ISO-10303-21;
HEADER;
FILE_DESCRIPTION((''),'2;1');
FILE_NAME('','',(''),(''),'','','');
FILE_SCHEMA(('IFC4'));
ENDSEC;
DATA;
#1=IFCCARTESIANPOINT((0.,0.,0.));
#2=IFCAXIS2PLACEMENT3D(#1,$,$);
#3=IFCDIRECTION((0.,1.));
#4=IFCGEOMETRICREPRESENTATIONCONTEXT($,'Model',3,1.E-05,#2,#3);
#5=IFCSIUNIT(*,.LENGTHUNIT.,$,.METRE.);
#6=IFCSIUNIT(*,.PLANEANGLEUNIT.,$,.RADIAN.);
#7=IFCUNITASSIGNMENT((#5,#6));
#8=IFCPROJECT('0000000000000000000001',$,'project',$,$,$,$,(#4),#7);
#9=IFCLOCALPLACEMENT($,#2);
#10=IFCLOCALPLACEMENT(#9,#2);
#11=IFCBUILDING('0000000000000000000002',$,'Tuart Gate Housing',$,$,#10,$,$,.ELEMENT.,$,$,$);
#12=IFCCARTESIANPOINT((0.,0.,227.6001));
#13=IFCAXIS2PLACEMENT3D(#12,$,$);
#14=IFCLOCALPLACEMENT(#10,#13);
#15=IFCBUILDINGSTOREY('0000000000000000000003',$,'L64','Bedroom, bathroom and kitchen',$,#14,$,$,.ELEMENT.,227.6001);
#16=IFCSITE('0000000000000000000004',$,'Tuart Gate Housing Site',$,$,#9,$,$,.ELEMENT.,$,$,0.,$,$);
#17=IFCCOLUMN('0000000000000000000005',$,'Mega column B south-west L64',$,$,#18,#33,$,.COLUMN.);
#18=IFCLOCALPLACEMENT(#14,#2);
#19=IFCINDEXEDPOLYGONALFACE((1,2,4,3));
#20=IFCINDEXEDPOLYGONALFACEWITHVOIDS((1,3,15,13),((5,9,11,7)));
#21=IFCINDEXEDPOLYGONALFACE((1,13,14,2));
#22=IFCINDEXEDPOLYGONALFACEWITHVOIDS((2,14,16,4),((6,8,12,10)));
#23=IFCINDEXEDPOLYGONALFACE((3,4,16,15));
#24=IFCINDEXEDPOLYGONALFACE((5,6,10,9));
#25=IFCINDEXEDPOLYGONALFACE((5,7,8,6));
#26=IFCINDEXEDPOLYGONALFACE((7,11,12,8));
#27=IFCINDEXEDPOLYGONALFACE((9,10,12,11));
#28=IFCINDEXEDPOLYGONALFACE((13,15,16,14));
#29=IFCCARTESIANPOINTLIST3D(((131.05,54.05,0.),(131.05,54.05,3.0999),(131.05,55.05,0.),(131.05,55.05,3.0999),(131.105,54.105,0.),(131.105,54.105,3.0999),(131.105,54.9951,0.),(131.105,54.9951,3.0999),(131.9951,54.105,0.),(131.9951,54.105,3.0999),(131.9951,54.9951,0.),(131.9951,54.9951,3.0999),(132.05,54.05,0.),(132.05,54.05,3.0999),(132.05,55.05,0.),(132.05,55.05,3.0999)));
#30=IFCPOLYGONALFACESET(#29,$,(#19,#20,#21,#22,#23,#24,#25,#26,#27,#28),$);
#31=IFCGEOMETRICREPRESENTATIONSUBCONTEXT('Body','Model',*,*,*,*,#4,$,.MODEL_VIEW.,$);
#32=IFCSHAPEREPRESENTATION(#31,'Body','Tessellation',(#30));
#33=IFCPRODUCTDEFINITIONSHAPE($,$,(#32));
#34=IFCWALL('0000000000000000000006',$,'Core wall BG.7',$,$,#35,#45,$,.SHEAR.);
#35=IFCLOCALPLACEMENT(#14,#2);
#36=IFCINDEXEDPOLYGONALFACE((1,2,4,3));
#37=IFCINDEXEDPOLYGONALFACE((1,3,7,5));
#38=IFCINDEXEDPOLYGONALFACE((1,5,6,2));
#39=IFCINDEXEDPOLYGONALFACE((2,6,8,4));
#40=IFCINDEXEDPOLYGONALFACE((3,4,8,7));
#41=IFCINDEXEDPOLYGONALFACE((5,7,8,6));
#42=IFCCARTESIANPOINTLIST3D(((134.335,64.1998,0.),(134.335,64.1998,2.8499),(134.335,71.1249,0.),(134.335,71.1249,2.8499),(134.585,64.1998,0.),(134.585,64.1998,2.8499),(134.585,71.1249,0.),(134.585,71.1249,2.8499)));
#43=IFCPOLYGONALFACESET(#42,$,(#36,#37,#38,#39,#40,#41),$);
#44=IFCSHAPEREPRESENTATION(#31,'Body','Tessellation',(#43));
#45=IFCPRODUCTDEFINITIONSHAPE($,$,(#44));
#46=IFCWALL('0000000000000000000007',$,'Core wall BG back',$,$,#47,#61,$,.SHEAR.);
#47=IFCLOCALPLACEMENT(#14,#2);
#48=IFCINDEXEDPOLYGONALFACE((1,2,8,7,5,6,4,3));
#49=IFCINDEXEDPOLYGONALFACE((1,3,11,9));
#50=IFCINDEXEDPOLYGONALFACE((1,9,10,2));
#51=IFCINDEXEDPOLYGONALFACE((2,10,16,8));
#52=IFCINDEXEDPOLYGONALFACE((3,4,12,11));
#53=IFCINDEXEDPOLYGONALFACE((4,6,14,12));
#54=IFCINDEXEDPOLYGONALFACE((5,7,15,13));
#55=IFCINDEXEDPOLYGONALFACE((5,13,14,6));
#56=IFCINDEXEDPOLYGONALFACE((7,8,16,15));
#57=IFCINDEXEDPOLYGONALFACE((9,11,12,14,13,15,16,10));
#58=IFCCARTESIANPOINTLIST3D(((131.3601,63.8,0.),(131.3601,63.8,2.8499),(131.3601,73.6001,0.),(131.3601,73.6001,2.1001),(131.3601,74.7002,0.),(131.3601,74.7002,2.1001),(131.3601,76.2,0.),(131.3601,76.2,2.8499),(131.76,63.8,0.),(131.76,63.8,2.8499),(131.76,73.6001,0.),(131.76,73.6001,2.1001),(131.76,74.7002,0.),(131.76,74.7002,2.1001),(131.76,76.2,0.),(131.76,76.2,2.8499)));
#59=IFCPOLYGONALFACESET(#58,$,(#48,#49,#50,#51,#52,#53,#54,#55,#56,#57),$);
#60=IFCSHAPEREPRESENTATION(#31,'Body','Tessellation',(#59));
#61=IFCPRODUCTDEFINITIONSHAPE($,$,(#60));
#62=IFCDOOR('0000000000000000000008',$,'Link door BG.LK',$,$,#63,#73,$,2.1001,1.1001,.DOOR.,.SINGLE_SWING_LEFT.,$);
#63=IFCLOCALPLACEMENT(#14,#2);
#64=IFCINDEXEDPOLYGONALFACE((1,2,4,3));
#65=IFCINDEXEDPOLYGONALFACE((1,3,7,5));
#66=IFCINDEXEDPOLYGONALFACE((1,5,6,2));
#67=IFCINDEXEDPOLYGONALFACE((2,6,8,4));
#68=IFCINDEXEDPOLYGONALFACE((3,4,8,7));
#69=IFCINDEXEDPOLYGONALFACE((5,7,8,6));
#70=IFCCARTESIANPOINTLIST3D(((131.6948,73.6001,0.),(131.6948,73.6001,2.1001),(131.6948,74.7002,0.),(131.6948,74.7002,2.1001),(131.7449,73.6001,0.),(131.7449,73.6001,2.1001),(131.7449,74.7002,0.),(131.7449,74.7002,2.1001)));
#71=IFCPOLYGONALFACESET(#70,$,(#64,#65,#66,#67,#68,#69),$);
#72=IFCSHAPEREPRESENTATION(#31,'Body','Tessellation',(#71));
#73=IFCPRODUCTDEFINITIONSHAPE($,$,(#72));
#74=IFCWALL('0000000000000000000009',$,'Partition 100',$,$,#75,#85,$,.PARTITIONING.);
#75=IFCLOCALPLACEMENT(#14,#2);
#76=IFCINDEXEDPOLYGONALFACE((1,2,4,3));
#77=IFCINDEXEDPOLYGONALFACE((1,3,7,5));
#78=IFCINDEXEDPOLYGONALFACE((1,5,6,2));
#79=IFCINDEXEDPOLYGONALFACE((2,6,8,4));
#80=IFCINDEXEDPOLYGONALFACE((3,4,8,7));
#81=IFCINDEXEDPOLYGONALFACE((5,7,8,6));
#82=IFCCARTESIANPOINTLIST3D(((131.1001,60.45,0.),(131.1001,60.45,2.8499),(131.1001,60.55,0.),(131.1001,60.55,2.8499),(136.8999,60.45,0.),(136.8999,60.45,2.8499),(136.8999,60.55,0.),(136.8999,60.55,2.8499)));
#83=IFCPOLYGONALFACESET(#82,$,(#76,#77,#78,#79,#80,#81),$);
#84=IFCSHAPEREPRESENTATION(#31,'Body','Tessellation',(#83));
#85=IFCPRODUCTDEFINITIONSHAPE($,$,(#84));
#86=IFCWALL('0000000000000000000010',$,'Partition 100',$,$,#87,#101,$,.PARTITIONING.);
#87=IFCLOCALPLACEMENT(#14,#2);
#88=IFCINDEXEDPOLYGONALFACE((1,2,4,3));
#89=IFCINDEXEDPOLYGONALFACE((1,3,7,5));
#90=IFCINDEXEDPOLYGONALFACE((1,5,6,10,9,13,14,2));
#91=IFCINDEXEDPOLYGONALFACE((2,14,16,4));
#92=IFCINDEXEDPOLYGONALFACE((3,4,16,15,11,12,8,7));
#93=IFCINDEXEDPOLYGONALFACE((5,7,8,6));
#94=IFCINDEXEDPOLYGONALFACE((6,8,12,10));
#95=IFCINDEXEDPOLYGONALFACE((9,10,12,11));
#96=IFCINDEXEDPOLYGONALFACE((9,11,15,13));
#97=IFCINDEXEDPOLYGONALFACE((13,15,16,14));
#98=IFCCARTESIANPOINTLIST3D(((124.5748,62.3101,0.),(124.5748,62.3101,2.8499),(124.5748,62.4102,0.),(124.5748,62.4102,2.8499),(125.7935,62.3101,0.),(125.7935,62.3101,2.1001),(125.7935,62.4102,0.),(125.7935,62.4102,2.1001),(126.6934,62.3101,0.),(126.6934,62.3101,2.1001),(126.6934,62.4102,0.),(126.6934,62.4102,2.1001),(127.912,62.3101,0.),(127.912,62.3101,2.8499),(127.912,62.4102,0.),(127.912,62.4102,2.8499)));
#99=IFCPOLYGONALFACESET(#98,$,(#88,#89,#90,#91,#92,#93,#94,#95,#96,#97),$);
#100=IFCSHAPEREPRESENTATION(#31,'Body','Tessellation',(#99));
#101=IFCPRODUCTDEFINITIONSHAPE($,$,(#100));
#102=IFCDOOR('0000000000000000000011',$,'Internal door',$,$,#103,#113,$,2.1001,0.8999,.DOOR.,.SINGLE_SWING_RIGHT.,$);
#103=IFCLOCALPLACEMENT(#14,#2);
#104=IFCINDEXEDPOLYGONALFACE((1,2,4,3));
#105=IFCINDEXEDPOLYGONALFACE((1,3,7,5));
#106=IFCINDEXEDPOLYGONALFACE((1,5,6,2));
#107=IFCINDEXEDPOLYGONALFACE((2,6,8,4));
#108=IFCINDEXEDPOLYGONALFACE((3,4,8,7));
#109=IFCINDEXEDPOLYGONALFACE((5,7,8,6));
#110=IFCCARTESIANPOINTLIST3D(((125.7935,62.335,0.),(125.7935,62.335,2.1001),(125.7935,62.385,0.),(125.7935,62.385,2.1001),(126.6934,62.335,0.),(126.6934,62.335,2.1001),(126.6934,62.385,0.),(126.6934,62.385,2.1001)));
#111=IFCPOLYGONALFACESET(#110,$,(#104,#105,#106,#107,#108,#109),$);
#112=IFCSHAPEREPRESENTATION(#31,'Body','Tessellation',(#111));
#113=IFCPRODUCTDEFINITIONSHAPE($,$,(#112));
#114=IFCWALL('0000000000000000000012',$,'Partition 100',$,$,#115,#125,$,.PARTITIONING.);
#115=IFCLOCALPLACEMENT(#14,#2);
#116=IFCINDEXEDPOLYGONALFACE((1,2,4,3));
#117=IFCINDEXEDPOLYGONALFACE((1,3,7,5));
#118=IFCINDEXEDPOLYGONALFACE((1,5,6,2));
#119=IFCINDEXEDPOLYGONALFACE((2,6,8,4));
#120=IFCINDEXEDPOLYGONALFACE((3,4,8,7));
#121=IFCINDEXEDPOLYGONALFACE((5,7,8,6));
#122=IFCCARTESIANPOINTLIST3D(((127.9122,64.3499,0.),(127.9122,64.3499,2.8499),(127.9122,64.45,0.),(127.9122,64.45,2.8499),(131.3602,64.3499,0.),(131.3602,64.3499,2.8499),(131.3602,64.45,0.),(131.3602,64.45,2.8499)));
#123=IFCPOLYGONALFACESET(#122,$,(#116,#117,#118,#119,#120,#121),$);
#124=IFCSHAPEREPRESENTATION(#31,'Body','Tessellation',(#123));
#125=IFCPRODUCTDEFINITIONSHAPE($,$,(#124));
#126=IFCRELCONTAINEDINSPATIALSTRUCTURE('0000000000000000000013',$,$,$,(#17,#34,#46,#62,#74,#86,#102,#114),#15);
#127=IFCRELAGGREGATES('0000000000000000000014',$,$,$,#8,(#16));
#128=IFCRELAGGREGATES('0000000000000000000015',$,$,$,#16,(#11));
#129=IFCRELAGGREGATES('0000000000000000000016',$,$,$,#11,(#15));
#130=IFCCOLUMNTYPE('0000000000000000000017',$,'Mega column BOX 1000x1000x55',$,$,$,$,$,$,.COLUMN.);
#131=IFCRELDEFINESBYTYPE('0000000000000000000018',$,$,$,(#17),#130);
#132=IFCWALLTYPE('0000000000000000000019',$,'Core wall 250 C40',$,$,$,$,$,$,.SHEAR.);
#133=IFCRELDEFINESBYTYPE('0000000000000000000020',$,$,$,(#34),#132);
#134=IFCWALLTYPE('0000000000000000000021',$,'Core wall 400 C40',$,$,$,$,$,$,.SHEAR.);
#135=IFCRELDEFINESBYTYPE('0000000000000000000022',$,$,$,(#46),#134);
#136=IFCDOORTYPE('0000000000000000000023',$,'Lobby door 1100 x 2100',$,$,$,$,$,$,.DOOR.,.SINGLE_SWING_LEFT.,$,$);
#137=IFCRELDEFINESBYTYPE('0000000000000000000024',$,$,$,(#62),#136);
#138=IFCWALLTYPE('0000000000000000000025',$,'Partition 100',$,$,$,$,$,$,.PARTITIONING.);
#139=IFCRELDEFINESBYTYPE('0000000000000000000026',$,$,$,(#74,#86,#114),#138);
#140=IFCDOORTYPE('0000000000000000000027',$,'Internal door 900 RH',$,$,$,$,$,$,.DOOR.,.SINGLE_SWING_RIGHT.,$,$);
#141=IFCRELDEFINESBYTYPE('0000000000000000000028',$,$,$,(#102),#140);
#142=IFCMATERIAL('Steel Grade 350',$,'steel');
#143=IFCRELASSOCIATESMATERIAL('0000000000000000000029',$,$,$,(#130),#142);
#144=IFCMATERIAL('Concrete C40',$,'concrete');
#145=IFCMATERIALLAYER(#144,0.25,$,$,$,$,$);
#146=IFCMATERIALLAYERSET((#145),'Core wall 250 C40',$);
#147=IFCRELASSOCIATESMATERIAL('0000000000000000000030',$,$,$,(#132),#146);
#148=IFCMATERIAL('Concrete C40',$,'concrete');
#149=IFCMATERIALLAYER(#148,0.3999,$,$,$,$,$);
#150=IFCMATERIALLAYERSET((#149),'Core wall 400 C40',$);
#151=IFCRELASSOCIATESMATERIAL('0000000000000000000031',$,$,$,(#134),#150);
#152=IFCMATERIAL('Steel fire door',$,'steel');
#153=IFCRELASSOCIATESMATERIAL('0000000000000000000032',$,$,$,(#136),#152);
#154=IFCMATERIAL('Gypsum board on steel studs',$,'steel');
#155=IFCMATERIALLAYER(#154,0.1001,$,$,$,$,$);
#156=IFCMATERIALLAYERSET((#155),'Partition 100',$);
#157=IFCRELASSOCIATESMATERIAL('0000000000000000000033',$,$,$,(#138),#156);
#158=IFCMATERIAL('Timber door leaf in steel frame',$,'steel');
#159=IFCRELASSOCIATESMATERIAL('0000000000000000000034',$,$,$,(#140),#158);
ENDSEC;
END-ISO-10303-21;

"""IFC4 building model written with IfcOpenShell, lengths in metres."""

from ifc_helpers import new_model, si_unit, direction, frame, frame_2d, origin, origin_2d, place, context, subcontext, project, spatial, rectangle, hollow_rectangle, extrude, material, layer, layer_set, material_profile, profile_set, type_object, element, fill, save


model = new_model("IFC4")

# Units and contexts
model_context = context("Model", 3, precision=1e-05, world=origin(), true_north=direction((0.0, 1.0)))
body_context = subcontext(model_context, "Body", "Model", "MODEL_VIEW")
ifc_project = project(units=[si_unit("LENGTHUNIT", "METRE"), si_unit("PLANEANGLEUNIT", "RADIAN")], contexts=[model_context])

# Site, building, storey
site_placement = place(None, origin())
site = spatial("IfcSite", under=ifc_project, at=site_placement, Name="Tuart Gate Housing Site", CompositionType="ELEMENT", RefElevation=0.0)
building_placement = place(site_placement, origin())
building = spatial("IfcBuilding", under=site, at=building_placement, Name="Tuart Gate Housing", CompositionType="ELEMENT")
storey_placement = place(building_placement, frame((0.0, 0.0, 227.6001)))
storey = spatial("IfcBuildingStorey", under=building, at=storey_placement, Name="L64", Description="Bedroom, bathroom and kitchen", CompositionType="ELEMENT", Elevation=227.6001)

# Column
ifc_material_1 = material(Name="Steel Grade 350", Category="steel")
ifc_material_profile = material_profile(ifc_material_1, hollow_rectangle(XDim=1.0, YDim=1.0, WallThickness=0.0549, at=origin_2d()), Name="BOX 1000x1000x55")
ifc_profile_set = profile_set([ifc_material_profile], Name="Steel Grade 350")
column_type = type_object("IfcColumnType", Name="Mega column BOX 1000x1000x55", PredefinedType="COLUMN", material=ifc_profile_set)
column_placement = place(storey_placement, frame((131.55, 54.55, 0.0), z_axis=(0.0, 0.0, 1.0), x_axis=(1.0, 0.0, 0.0)))
element("IfcColumn", 1, at=column_placement, inside=storey, type_object=column_type, Name="Mega column B south-west L64", PredefinedType="COLUMN", context=body_context, shape_type="SweptSolid", body=[
    extrude(hollow_rectangle(XDim=1.0, YDim=1.0, WallThickness=0.0549, at=origin_2d()), origin(), (0.0, 0.0, 1.0), 3.0999),
])

# Wall
ifc_material_2 = material(Name="Concrete C40", Category="concrete")
ifc_layer_1 = layer(ifc_material_2, 0.25)
ifc_layer_set_1 = layer_set([ifc_layer_1], Name="Core wall 250 C40")
wall_type_1 = type_object("IfcWallType", Name="Core wall 250 C40", PredefinedType="SHEAR", material=ifc_layer_set_1)
wall_1_placement = place(storey_placement, frame((134.46, 64.2, 0.0), z_axis=(0.0, 0.0, 1.0), x_axis=(0.0, 1.0, 0.0)))
element("IfcWall", 2, at=wall_1_placement, inside=storey, type_object=wall_type_1, Name="Core wall BG.7", PredefinedType="SHEAR", context=body_context, shape_type="SweptSolid", body=[
    extrude(rectangle(XDim=6.925, YDim=0.25, at=frame_2d((3.4624, 0.0))), origin(), (0.0, 0.0, 1.0), 2.8499),
])

# Wall, opening, door
ifc_material_3 = material(Name="Concrete C40", Category="concrete")
ifc_layer_2 = layer(ifc_material_3, 0.3999)
ifc_layer_set_2 = layer_set([ifc_layer_2], Name="Core wall 400 C40")
wall_type_2 = type_object("IfcWallType", Name="Core wall 400 C40", PredefinedType="SHEAR", material=ifc_layer_set_2)
wall_2_placement = place(storey_placement, frame((131.5601, 63.8, 0.0), z_axis=(0.0, 0.0, 1.0), x_axis=(0.0, 1.0, 0.0)))
wall_2 = element("IfcWall", 3, at=wall_2_placement, inside=storey, type_object=wall_type_2, Name="Core wall BG back", PredefinedType="SHEAR", context=body_context, shape_type="SweptSolid", body=[
    extrude(rectangle(XDim=12.3999, YDim=0.3999, at=frame_2d((6.2, 0.0))), origin(), (0.0, 0.0, 1.0), 2.8499),
])
opening_1_placement = place(wall_2_placement, frame((9.8, 0.0, 0.0)))
opening_1 = element("IfcOpeningElement", 4, at=opening_1_placement, cuts=wall_2, PredefinedType="OPENING", context=body_context, shape_type="SweptSolid", body=[
    extrude(rectangle(XDim=1.1001, YDim=2.1001, at=frame_2d((0.55, 1.05))), frame((0.0, 0.21, 0.0), z_axis=(0.0, -1.0, 0.0), x_axis=(1.0, 0.0, 0.0)), (0.0, 0.0, 1.0), 0.4199),
])
ifc_material_4 = material(Name="Steel fire door", Category="steel")
door_type_1 = type_object("IfcDoorType", Name="Lobby door 1100 x 2100", OperationType="SINGLE_SWING_LEFT", PredefinedType="DOOR", material=ifc_material_4)
door_1_placement = place(opening_1_placement, frame((1.1001, 0.0, 0.0), z_axis=(0.0, 0.0, 1.0), x_axis=(-1.0, 0.0, 0.0)))
door_1 = element("IfcDoor", 5, at=door_1_placement, inside=storey, type_object=door_type_1, Name="Link door BG.LK", OperationType="SINGLE_SWING_LEFT", OverallHeight=2.1001, OverallWidth=1.1001, PredefinedType="DOOR", context=body_context, shape_type="SweptSolid", body=[
    extrude(rectangle(XDim=1.1001, YDim=2.1001, at=frame_2d((0.55, 1.05))), frame((0.0, 0.1848, 0.0), z_axis=(0.0, -1.0, 0.0), x_axis=(1.0, 0.0, 0.0)), (0.0, 0.0, 1.0), 0.05),
])
fill(opening_1, door_1)

# Wall
ifc_material_5 = material(Name="Gypsum board on steel studs", Category="steel")
ifc_layer_3 = layer(ifc_material_5, 0.1001)
ifc_layer_set_3 = layer_set([ifc_layer_3], Name="Partition 100")
wall_type_3 = type_object("IfcWallType", Name="Partition 100", PredefinedType="PARTITIONING", material=ifc_layer_set_3)
wall_3_placement = place(storey_placement, frame((131.1001, 60.5, 0.0), z_axis=(0.0, 0.0, 1.0), x_axis=(1.0, 0.0, 0.0)))
element("IfcWall", 6, at=wall_3_placement, inside=storey, type_object=wall_type_3, Name="Partition 100", PredefinedType="PARTITIONING", context=body_context, shape_type="SweptSolid", body=[
    extrude(rectangle(XDim=5.7998, YDim=0.1001, at=frame_2d((2.8999, 0.0))), origin(), (0.0, 0.0, 1.0), 2.8499),
])

# Wall, opening, door
wall_4_placement = place(storey_placement, frame((124.575, 62.3601, 0.0), z_axis=(0.0, 0.0, 1.0), x_axis=(1.0, 0.0, 0.0)))
wall_4 = element("IfcWall", 7, at=wall_4_placement, inside=storey, type_object=wall_type_3, Name="Partition 100", PredefinedType="PARTITIONING", context=body_context, shape_type="SweptSolid", body=[
    extrude(rectangle(XDim=3.3372, YDim=0.1001, at=frame_2d((1.6685, 0.0))), origin(), (0.0, 0.0, 1.0), 2.8499),
])
opening_2_placement = place(wall_4_placement, frame((1.2185, 0.0, 0.0)))
opening_2 = element("IfcOpeningElement", 8, at=opening_2_placement, cuts=wall_4, PredefinedType="OPENING", context=body_context, shape_type="SweptSolid", body=[
    extrude(rectangle(XDim=0.8999, YDim=2.1001, at=frame_2d((0.45, 1.05))), frame((0.0, 0.0601, 0.0), z_axis=(0.0, -1.0, 0.0), x_axis=(1.0, 0.0, 0.0)), (0.0, 0.0, 1.0), 0.1201),
])
ifc_material_6 = material(Name="Timber door leaf in steel frame", Category="steel")
door_type_2 = type_object("IfcDoorType", Name="Internal door 900 RH", OperationType="SINGLE_SWING_RIGHT", PredefinedType="DOOR", material=ifc_material_6)
door_2_placement = place(opening_2_placement, origin())
door_2 = element("IfcDoor", 9, at=door_2_placement, inside=storey, type_object=door_type_2, Name="Internal door", OperationType="SINGLE_SWING_RIGHT", OverallHeight=2.1001, OverallWidth=0.8999, PredefinedType="DOOR", context=body_context, shape_type="SweptSolid", body=[
    extrude(rectangle(XDim=0.8999, YDim=2.1001, at=frame_2d((0.45, 1.05))), frame((0.0, 0.0249, 0.0), z_axis=(0.0, -1.0, 0.0), x_axis=(1.0, 0.0, 0.0)), (0.0, 0.0, 1.0), 0.05),
])
fill(opening_2, door_2)

# Wall
wall_5_placement = place(storey_placement, frame((127.9121, 64.3999, 0.0), z_axis=(0.0, 0.0, 1.0), x_axis=(1.0, 0.0, 0.0)))
element("IfcWall", 10, at=wall_5_placement, inside=storey, type_object=wall_type_3, Name="Partition 100", PredefinedType="PARTITIONING", context=body_context, shape_type="SweptSolid", body=[
    extrude(rectangle(XDim=3.448, YDim=0.1001, at=frame_2d((1.7241, 0.0))), origin(), (0.0, 0.0, 1.0), 2.8499),
])

save(model, "model.ifc")
